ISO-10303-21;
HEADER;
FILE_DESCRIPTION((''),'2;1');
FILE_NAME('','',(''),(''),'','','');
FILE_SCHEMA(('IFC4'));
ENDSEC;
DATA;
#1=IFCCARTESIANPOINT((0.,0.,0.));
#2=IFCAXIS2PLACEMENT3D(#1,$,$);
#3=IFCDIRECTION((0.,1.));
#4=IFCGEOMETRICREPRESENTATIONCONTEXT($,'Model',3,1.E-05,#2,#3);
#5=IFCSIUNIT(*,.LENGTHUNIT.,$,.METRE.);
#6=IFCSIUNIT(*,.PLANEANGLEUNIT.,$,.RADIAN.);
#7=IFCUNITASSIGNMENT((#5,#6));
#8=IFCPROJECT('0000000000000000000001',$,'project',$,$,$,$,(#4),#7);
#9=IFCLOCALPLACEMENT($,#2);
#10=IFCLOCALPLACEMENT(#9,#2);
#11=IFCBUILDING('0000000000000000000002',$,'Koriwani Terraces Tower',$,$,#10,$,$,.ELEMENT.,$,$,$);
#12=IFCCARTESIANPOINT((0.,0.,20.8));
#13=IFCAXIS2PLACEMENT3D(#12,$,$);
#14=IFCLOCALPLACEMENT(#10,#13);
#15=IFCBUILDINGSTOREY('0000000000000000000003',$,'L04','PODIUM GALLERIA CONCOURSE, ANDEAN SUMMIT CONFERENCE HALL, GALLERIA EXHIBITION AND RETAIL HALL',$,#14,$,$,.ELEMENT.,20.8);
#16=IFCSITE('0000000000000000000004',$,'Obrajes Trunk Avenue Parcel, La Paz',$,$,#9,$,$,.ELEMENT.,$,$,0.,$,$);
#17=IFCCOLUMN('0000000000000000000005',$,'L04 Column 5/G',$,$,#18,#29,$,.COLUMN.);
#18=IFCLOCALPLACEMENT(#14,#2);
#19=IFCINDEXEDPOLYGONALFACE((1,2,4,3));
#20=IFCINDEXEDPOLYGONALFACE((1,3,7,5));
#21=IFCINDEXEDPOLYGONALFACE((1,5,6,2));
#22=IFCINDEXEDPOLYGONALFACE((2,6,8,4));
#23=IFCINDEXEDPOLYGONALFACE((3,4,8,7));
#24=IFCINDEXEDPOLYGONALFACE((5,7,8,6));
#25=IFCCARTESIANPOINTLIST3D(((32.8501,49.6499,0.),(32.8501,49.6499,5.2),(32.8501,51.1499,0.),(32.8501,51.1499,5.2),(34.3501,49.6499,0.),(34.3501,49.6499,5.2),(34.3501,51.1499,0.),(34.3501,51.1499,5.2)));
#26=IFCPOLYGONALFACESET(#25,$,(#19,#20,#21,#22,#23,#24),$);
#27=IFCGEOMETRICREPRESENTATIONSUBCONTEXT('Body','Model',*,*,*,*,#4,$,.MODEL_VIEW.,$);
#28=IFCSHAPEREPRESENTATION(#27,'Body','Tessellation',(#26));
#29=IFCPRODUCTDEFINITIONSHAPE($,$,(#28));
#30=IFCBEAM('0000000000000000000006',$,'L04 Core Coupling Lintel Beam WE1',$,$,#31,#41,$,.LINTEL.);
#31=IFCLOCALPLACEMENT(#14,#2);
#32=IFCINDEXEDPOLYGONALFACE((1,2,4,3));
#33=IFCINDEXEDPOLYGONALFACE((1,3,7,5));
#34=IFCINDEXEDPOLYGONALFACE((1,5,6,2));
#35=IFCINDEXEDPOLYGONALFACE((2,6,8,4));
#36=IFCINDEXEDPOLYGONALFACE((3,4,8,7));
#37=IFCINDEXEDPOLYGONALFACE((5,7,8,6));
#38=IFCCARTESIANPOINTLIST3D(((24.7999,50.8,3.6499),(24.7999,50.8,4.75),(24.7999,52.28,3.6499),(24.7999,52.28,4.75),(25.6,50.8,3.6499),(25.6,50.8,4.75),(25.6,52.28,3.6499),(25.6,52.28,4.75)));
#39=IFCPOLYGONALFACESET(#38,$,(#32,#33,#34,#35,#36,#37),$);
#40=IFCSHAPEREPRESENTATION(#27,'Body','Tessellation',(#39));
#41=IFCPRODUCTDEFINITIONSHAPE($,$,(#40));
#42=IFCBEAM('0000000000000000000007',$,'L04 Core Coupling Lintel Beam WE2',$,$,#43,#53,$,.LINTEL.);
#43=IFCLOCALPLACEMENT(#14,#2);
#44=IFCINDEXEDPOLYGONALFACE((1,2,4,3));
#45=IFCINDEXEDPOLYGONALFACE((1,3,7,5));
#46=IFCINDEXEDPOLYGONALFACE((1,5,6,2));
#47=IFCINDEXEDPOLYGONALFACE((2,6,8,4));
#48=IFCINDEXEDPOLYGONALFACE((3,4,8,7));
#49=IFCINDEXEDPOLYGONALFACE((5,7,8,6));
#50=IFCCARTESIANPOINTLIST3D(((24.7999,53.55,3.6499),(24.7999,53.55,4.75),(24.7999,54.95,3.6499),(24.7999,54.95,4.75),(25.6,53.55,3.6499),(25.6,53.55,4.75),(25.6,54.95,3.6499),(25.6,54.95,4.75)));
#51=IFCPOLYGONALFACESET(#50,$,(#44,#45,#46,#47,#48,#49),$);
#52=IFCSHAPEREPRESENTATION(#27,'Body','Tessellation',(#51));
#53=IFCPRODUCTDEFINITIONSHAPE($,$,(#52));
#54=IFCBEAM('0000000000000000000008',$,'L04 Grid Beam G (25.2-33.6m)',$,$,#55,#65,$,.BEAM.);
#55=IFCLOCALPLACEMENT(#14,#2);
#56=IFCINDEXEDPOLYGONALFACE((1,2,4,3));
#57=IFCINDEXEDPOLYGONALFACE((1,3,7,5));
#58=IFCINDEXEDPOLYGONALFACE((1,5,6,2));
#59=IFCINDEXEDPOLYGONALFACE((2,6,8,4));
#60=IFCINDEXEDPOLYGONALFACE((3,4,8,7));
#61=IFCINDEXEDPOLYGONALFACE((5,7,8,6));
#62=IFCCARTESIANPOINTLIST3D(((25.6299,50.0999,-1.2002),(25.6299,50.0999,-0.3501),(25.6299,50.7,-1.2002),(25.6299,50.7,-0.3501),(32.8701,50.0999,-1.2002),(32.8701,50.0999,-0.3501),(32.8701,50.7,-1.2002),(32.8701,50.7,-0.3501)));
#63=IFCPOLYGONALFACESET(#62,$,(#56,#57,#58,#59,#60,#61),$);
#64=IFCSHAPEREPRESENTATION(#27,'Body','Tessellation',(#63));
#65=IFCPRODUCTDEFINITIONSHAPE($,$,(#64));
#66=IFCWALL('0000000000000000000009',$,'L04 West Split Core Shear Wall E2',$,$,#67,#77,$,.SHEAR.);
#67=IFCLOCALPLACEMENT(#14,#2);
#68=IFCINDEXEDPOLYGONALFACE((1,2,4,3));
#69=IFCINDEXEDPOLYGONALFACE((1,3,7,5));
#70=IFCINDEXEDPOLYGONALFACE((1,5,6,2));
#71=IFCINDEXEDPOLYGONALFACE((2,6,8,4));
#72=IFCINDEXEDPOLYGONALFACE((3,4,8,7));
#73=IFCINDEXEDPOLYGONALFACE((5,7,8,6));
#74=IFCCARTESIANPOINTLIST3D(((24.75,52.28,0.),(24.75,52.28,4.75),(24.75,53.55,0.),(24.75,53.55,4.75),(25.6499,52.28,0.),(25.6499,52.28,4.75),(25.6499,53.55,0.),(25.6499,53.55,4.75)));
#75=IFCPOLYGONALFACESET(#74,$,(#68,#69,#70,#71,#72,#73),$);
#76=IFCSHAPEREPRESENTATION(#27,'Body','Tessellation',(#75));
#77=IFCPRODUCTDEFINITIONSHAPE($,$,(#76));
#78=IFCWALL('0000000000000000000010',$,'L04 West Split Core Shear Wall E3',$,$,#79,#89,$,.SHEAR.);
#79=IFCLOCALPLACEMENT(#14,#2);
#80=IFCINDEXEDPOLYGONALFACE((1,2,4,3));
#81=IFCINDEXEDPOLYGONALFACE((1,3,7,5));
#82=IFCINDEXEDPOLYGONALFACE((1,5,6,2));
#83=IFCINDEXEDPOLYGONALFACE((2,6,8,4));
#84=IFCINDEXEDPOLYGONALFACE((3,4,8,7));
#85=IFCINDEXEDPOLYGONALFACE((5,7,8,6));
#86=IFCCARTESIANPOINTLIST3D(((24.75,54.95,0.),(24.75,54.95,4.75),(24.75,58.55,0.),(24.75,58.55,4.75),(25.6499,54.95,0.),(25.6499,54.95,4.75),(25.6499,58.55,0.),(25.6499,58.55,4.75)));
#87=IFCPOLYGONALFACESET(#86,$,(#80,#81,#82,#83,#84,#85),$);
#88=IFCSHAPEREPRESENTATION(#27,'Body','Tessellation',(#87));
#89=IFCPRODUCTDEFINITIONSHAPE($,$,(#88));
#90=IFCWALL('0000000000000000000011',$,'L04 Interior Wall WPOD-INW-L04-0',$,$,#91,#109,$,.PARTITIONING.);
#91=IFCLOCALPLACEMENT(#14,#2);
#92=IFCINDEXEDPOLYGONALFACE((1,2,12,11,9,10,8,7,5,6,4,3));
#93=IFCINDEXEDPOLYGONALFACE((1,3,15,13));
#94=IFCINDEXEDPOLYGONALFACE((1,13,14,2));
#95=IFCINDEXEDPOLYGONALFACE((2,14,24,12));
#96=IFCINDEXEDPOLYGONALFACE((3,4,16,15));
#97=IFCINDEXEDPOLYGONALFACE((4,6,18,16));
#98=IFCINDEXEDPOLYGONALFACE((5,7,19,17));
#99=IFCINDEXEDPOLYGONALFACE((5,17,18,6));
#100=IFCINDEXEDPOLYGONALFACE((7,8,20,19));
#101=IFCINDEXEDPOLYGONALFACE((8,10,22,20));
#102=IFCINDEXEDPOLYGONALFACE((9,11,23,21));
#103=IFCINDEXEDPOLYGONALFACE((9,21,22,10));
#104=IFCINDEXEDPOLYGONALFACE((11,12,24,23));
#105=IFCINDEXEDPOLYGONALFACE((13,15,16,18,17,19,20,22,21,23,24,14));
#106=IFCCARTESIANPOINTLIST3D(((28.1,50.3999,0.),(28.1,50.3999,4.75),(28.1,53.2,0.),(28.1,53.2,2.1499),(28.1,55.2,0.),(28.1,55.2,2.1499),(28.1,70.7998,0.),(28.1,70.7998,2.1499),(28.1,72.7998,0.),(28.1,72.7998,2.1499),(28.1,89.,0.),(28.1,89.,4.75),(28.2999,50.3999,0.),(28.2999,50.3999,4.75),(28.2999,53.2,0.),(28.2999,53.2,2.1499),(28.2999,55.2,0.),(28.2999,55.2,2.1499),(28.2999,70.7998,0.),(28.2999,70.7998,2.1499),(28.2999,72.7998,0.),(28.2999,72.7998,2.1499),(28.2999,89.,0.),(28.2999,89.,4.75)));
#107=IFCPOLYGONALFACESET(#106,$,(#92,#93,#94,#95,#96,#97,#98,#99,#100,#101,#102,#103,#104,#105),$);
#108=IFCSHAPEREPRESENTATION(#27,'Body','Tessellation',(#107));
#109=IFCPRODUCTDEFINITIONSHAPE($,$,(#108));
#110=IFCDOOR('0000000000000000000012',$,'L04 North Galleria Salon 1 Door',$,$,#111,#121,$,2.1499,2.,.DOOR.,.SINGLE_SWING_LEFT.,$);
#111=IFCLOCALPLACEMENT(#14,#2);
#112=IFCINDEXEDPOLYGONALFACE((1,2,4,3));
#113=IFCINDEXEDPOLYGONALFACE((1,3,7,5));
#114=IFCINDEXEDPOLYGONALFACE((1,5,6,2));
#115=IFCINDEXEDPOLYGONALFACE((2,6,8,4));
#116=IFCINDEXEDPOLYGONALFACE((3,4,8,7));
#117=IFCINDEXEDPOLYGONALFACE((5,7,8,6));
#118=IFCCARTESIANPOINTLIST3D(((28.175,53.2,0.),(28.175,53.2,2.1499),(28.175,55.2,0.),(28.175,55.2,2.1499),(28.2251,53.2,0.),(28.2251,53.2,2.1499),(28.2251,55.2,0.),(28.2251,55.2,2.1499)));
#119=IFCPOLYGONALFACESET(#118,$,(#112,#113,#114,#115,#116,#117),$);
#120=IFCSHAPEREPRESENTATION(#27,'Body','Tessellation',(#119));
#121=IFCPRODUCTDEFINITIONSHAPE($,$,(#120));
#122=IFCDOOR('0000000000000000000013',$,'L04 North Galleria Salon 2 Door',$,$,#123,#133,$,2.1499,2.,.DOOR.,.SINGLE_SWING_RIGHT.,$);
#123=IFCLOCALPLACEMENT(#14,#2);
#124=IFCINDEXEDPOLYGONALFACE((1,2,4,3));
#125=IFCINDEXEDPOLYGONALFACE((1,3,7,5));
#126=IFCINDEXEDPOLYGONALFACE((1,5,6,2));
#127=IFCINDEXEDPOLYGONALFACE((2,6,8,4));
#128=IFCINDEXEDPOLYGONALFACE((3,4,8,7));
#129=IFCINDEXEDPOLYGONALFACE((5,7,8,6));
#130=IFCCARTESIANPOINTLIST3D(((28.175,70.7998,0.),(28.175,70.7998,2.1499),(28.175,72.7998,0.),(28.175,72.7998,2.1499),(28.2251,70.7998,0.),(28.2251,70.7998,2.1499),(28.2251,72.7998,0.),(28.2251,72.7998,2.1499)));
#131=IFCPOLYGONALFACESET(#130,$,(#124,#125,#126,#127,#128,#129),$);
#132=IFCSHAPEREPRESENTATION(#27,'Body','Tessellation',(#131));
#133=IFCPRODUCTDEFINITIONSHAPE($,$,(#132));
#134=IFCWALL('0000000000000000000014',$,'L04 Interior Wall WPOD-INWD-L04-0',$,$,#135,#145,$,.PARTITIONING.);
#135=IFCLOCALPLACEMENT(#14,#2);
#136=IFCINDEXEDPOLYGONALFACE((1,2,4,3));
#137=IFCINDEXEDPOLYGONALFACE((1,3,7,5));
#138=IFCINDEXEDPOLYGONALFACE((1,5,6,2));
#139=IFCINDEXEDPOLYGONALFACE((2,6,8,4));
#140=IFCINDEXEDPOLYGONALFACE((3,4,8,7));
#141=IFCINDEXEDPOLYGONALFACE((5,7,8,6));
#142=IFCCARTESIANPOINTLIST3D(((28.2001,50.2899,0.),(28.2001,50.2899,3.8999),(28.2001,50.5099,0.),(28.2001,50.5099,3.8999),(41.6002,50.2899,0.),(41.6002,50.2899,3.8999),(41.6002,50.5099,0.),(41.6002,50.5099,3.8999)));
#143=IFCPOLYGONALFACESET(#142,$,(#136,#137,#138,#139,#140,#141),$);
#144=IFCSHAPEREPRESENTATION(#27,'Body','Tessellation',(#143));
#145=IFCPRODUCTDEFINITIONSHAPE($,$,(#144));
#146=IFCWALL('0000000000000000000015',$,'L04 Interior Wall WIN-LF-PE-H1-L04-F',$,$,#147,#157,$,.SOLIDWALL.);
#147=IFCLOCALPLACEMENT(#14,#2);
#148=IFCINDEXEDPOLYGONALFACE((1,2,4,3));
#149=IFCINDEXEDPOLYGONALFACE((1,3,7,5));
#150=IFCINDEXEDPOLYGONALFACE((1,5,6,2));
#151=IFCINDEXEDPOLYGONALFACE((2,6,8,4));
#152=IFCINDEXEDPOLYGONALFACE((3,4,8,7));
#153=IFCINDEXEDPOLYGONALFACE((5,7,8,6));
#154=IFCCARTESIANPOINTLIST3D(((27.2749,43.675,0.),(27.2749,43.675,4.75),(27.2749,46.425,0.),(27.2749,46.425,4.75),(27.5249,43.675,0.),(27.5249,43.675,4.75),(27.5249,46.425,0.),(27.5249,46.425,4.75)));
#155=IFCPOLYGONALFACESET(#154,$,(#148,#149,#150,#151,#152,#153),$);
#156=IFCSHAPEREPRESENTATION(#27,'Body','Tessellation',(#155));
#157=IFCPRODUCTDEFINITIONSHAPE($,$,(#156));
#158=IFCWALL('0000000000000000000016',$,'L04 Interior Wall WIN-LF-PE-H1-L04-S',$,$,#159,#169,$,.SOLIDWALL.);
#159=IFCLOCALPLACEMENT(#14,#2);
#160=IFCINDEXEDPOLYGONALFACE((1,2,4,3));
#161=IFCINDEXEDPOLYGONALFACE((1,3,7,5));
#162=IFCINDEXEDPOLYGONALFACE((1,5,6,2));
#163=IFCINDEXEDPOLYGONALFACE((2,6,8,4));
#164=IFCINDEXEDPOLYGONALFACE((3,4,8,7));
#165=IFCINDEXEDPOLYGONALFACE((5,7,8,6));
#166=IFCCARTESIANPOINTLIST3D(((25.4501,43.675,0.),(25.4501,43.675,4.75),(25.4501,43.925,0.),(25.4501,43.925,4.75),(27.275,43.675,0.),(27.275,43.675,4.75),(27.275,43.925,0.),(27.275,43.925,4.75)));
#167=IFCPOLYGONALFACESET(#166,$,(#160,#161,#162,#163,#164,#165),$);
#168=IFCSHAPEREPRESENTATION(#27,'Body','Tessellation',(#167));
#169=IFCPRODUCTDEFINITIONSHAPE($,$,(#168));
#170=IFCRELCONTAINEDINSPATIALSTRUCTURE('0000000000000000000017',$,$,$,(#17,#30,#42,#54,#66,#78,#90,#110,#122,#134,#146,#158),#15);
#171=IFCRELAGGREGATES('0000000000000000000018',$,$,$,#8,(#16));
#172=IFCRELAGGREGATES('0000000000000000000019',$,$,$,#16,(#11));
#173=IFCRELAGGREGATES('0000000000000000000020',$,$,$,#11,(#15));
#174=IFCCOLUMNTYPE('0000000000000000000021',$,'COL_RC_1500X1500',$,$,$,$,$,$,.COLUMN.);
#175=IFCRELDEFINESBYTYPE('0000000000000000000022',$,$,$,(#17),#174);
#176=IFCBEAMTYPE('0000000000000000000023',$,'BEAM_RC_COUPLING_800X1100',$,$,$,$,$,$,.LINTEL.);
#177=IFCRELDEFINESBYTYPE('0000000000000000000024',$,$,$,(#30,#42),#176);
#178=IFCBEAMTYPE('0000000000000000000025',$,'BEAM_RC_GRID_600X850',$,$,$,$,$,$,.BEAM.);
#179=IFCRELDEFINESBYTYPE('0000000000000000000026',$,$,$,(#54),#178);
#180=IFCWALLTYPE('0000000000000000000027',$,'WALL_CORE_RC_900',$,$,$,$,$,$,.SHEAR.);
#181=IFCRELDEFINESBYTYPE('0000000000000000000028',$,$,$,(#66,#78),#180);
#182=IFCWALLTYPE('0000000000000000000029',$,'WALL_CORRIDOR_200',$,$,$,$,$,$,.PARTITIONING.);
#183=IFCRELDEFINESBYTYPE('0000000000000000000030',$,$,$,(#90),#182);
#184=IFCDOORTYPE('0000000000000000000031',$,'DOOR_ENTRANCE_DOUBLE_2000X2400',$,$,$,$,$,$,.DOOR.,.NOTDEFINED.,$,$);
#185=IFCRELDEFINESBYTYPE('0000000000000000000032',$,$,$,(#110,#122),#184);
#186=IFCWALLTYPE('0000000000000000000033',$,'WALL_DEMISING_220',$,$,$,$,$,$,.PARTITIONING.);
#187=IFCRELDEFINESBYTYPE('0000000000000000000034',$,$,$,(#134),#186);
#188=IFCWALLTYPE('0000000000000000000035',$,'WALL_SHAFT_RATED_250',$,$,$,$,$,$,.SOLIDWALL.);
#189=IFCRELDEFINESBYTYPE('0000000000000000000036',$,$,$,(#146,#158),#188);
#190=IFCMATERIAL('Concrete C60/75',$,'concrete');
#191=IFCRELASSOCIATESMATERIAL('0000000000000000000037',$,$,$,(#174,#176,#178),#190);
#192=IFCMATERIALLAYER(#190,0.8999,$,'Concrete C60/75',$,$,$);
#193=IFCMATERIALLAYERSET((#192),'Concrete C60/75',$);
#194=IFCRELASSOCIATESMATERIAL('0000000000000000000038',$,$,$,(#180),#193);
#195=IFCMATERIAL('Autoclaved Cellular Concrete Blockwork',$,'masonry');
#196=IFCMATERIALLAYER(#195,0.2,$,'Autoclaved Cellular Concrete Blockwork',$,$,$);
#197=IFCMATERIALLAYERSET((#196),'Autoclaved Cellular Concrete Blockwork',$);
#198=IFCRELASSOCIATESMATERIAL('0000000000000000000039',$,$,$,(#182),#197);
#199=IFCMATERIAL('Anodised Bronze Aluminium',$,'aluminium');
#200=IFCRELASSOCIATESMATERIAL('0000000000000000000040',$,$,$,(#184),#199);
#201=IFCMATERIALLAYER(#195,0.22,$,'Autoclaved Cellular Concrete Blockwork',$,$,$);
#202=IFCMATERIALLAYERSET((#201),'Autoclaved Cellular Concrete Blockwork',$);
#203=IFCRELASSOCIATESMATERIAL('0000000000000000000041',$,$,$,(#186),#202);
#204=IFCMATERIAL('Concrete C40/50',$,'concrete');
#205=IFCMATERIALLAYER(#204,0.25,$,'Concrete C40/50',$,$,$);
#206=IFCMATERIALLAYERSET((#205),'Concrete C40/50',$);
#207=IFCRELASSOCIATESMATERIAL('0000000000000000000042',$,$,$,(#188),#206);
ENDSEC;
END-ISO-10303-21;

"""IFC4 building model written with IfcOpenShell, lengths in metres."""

from ifc_helpers import new_model, si_unit, direction, frame, frame_2d, origin, origin_2d, place, context, subcontext, project, spatial, rectangle, extrude, material, layer, layer_set, material_profile, profile_set, type_object, element, fill, save


model = new_model("IFC4")

# Units and contexts
model_context = context("Model", 3, precision=1e-05, world=origin(), true_north=direction((0.0, 1.0)))
body_context = subcontext(model_context, "Body", "Model", "MODEL_VIEW")
ifc_project = project(units=[si_unit("LENGTHUNIT", "METRE"), si_unit("PLANEANGLEUNIT", "RADIAN")], contexts=[model_context])

# Site, building, storey
site_placement = place(None, origin())
site = spatial("IfcSite", under=ifc_project, at=site_placement, Name="Obrajes Trunk Avenue Parcel, La Paz", CompositionType="ELEMENT", RefElevation=0.0)
building_placement = place(site_placement, origin())
building = spatial("IfcBuilding", under=site, at=building_placement, Name="Koriwani Terraces Tower", CompositionType="ELEMENT")
storey_placement = place(building_placement, frame((0.0, 0.0, 20.8)))
storey = spatial("IfcBuildingStorey", under=building, at=storey_placement, Name="L04", Description="PODIUM GALLERIA CONCOURSE, ANDEAN SUMMIT CONFERENCE HALL, GALLERIA EXHIBITION AND RETAIL HALL", CompositionType="ELEMENT", Elevation=20.8)

# Column
ifc_material_1 = material(Name="Concrete C60/75", Category="concrete")
ifc_material_profile_1 = material_profile(ifc_material_1, rectangle(XDim=1.5, YDim=1.5, at=origin_2d()), Name="Concrete C60/75", Category="LoadBearing")
ifc_profile_set_1 = profile_set([ifc_material_profile_1], Name="Concrete C60/75")
column_type = type_object("IfcColumnType", Name="COL_RC_1500X1500", PredefinedType="COLUMN", material=ifc_profile_set_1)
column_placement = place(storey_placement, frame((33.6001, 50.3999, 0.0), z_axis=(0.0, 0.0, 1.0), x_axis=(1.0, 0.0, 0.0)))
element("IfcColumn", 1, at=column_placement, inside=storey, type_object=column_type, Name="L04 Column 5/G", PredefinedType="COLUMN", context=body_context, shape_type="SweptSolid", body=[
    extrude(rectangle(XDim=1.5, YDim=1.5, at=origin_2d()), origin(), (0.0, 0.0, 1.0), 5.2),
])

# Beams
ifc_material_profile_2 = material_profile(ifc_material_1, rectangle(XDim=0.8, YDim=1.1001, at=origin_2d()), Name="Concrete C60/75", Category="LoadBearing")
ifc_profile_set_2 = profile_set([ifc_material_profile_2], Name="Concrete C60/75")
beam_type_1 = type_object("IfcBeamType", Name="BEAM_RC_COUPLING_800X1100", PredefinedType="LINTEL", material=ifc_profile_set_2)
beam_1_placement = place(storey_placement, frame((25.2, 50.8, 4.2), z_axis=(0.0, 1.0, 0.0), x_axis=(-1.0, 0.0, 0.0)))
element("IfcBeam", 2, at=beam_1_placement, inside=storey, type_object=beam_type_1, Name="L04 Core Coupling Lintel Beam WE1", PredefinedType="LINTEL", context=body_context, shape_type="SweptSolid", body=[
    extrude(rectangle(XDim=0.8, YDim=1.1001, at=origin_2d()), origin(), (0.0, 0.0, 1.0), 1.48),
])
beam_2_placement = place(storey_placement, frame((25.2, 53.55, 4.2), z_axis=(0.0, 1.0, 0.0), x_axis=(-1.0, 0.0, 0.0)))
element("IfcBeam", 3, at=beam_2_placement, inside=storey, type_object=beam_type_1, Name="L04 Core Coupling Lintel Beam WE2", PredefinedType="LINTEL", context=body_context, shape_type="SweptSolid", body=[
    extrude(rectangle(XDim=0.8, YDim=1.1001, at=origin_2d()), origin(), (0.0, 0.0, 1.0), 1.3999),
])
ifc_material_profile_3 = material_profile(ifc_material_1, rectangle(XDim=0.6001, YDim=0.8501, at=origin_2d()), Name="Concrete C60/75", Category="LoadBearing")
ifc_profile_set_3 = profile_set([ifc_material_profile_3], Name="Concrete C60/75")
beam_type_2 = type_object("IfcBeamType", Name="BEAM_RC_GRID_600X850", PredefinedType="BEAM", material=ifc_profile_set_3)
beam_3_placement = place(storey_placement, frame((25.6299, 50.3999, -0.7751), z_axis=(1.0, 0.0, 0.0), x_axis=(0.0, 1.0, 0.0)))
element("IfcBeam", 4, at=beam_3_placement, inside=storey, type_object=beam_type_2, Name="L04 Grid Beam G (25.2-33.6m)", PredefinedType="BEAM", context=body_context, shape_type="SweptSolid", body=[
    extrude(rectangle(XDim=0.6001, YDim=0.8501, at=origin_2d()), origin(), (0.0, 0.0, 1.0), 7.2402),
])

# Walls
ifc_layer_1 = layer(ifc_material_1, 0.8999, Name="Concrete C60/75")
ifc_layer_set_1 = layer_set([ifc_layer_1], Name="Concrete C60/75")
wall_type_1 = type_object("IfcWallType", Name="WALL_CORE_RC_900", PredefinedType="SHEAR", material=ifc_layer_set_1)
wall_1_placement = place(storey_placement, frame((25.2, 52.28, 0.0), z_axis=(0.0, 0.0, 1.0), x_axis=(0.0, 1.0, 0.0)))
element("IfcWall", 5, at=wall_1_placement, inside=storey, type_object=wall_type_1, Name="L04 West Split Core Shear Wall E2", PredefinedType="SHEAR", context=body_context, shape_type="SweptSolid", body=[
    extrude(rectangle(XDim=1.27, YDim=0.8999, at=frame_2d((0.635, 0.0))), origin(), (0.0, 0.0, 1.0), 4.75),
])
wall_2_placement = place(storey_placement, frame((25.2, 54.95, 0.0), z_axis=(0.0, 0.0, 1.0), x_axis=(0.0, 1.0, 0.0)))
element("IfcWall", 6, at=wall_2_placement, inside=storey, type_object=wall_type_1, Name="L04 West Split Core Shear Wall E3", PredefinedType="SHEAR", context=body_context, shape_type="SweptSolid", body=[
    extrude(rectangle(XDim=3.6001, YDim=0.8999, at=frame_2d((1.8, 0.0))), origin(), (0.0, 0.0, 1.0), 4.75),
])

# Wall, openings, doors
ifc_material_2 = material(Name="Autoclaved Cellular Concrete Blockwork", Category="masonry")
ifc_layer_2 = layer(ifc_material_2, 0.2, Name="Autoclaved Cellular Concrete Blockwork")
ifc_layer_set_2 = layer_set([ifc_layer_2], Name="Autoclaved Cellular Concrete Blockwork")
wall_type_2 = type_object("IfcWallType", Name="WALL_CORRIDOR_200", PredefinedType="PARTITIONING", material=ifc_layer_set_2)
wall_3_placement = place(storey_placement, frame((28.2, 50.3999, 0.0), z_axis=(0.0, 0.0, 1.0), x_axis=(0.0, 1.0, 0.0)))
wall_3 = element("IfcWall", 7, at=wall_3_placement, inside=storey, type_object=wall_type_2, Name="L04 Interior Wall WPOD-INW-L04-0", PredefinedType="PARTITIONING", context=body_context, shape_type="SweptSolid", body=[
    extrude(rectangle(XDim=38.6001, YDim=0.2, at=frame_2d((19.3, 0.0))), origin(), (0.0, 0.0, 1.0), 4.75),
])
opening_1_placement = place(wall_3_placement, frame((2.8, 0.0, 0.0)))
opening_1 = element("IfcOpeningElement", 8, at=opening_1_placement, cuts=wall_3, PredefinedType="OPENING", context=body_context, shape_type="SweptSolid", body=[
    extrude(rectangle(XDim=2.0, YDim=2.1499, at=frame_2d((1.0, 1.075))), frame((0.0, 0.1099, 0.0), z_axis=(0.0, -1.0, 0.0), x_axis=(1.0, 0.0, 0.0)), (0.0, 0.0, 1.0), 0.22),
])
opening_2_placement = place(wall_3_placement, frame((20.3999, 0.0, 0.0)))
opening_2 = element("IfcOpeningElement", 9, at=opening_2_placement, cuts=wall_3, PredefinedType="OPENING", context=body_context, shape_type="SweptSolid", body=[
    extrude(rectangle(XDim=2.0, YDim=2.1499, at=frame_2d((1.0, 1.075))), frame((0.0, 0.1099, 0.0), z_axis=(0.0, -1.0, 0.0), x_axis=(1.0, 0.0, 0.0)), (0.0, 0.0, 1.0), 0.22),
])
ifc_material_3 = material(Name="Anodised Bronze Aluminium", Category="aluminium")
door_type_1 = type_object("IfcDoorType", Name="DOOR_ENTRANCE_DOUBLE_2000X2400", OperationType="NOTDEFINED", PredefinedType="DOOR", material=ifc_material_3)
door_1_placement = place(opening_1_placement, origin())
door_1 = element("IfcDoor", 10, at=door_1_placement, inside=storey, type_object=door_type_1, Name="L04 North Galleria Salon 1 Door", OperationType="SINGLE_SWING_LEFT", OverallHeight=2.1499, OverallWidth=2.0, PredefinedType="DOOR", context=body_context, shape_type="SweptSolid", body=[
    extrude(rectangle(XDim=2.0, YDim=2.1499, at=frame_2d((1.0, 1.075))), frame((0.0, 0.0249, 0.0), z_axis=(0.0, -1.0, 0.0), x_axis=(1.0, 0.0, 0.0)), (0.0, 0.0, 1.0), 0.05),
])
fill(opening_1, door_1)
door_2_placement = place(opening_2_placement, origin())
door_2 = element("IfcDoor", 11, at=door_2_placement, inside=storey, type_object=door_type_1, Name="L04 North Galleria Salon 2 Door", OperationType="SINGLE_SWING_RIGHT", OverallHeight=2.1499, OverallWidth=2.0, PredefinedType="DOOR", context=body_context, shape_type="SweptSolid", body=[
    extrude(rectangle(XDim=2.0, YDim=2.1499, at=frame_2d((1.0, 1.075))), frame((0.0, 0.0249, 0.0), z_axis=(0.0, -1.0, 0.0), x_axis=(1.0, 0.0, 0.0)), (0.0, 0.0, 1.0), 0.05),
])
fill(opening_2, door_2)

# Wall
ifc_layer_3 = layer(ifc_material_2, 0.22, Name="Autoclaved Cellular Concrete Blockwork")
ifc_layer_set_3 = layer_set([ifc_layer_3], Name="Autoclaved Cellular Concrete Blockwork")
wall_type_3 = type_object("IfcWallType", Name="WALL_DEMISING_220", PredefinedType="PARTITIONING", material=ifc_layer_set_3)
wall_4_placement = place(storey_placement, frame((28.2, 50.3999, 0.0), z_axis=(0.0, 0.0, 1.0), x_axis=(1.0, 0.0, 0.0)))
element("IfcWall", 12, at=wall_4_placement, inside=storey, type_object=wall_type_3, Name="L04 Interior Wall WPOD-INWD-L04-0", PredefinedType="PARTITIONING", context=body_context, shape_type="SweptSolid", body=[
    extrude(rectangle(XDim=13.4001, YDim=0.22, at=frame_2d((6.7002, 0.0))), origin(), (0.0, 0.0, 1.0), 3.8999),
])

# Shared definitions
ifc_material_4 = material(Name="Concrete C40/50", Category="concrete")
ifc_layer_4 = layer(ifc_material_4, 0.25, Name="Concrete C40/50")
ifc_layer_set_4 = layer_set([ifc_layer_4], Name="Concrete C40/50")
wall_type_4 = type_object("IfcWallType", Name="WALL_SHAFT_RATED_250", PredefinedType="SOLIDWALL", material=ifc_layer_set_4)

# Walls
wall_5_placement = place(storey_placement, frame((27.3999, 43.675, 0.0), z_axis=(0.0, 0.0, 1.0), x_axis=(0.0, 1.0, 0.0)))
element("IfcWall", 13, at=wall_5_placement, inside=storey, type_object=wall_type_4, Name="L04 Interior Wall WIN-LF-PE-H1-L04-F", PredefinedType="SOLIDWALL", context=body_context, shape_type="SweptSolid", body=[
    extrude(rectangle(XDim=2.75, YDim=0.25, at=frame_2d((1.375, 0.0))), origin(), (0.0, 0.0, 1.0), 4.75),
])
for number, where, z_axis, x_axis, name in (
    (14, (25.45, 43.8, 0.0), (0.0, 0.0, 1.0), (1.0, 0.0, 0.0), "L04 Interior Wall WIN-LF-PE-H1-L04-S"),
):
    element("IfcWall", number, at=place(storey_placement, frame(where, z_axis=z_axis, x_axis=x_axis)), inside=storey, type_object=wall_type_4, Name=name, PredefinedType="SOLIDWALL", context=body_context, shape_type="SweptSolid", body=[
        extrude(rectangle(XDim=1.825, YDim=0.25, at=frame_2d((0.9126, 0.0))), origin(), (0.0, 0.0, 1.0), 4.75),
    ])

save(model, "model.ifc")
